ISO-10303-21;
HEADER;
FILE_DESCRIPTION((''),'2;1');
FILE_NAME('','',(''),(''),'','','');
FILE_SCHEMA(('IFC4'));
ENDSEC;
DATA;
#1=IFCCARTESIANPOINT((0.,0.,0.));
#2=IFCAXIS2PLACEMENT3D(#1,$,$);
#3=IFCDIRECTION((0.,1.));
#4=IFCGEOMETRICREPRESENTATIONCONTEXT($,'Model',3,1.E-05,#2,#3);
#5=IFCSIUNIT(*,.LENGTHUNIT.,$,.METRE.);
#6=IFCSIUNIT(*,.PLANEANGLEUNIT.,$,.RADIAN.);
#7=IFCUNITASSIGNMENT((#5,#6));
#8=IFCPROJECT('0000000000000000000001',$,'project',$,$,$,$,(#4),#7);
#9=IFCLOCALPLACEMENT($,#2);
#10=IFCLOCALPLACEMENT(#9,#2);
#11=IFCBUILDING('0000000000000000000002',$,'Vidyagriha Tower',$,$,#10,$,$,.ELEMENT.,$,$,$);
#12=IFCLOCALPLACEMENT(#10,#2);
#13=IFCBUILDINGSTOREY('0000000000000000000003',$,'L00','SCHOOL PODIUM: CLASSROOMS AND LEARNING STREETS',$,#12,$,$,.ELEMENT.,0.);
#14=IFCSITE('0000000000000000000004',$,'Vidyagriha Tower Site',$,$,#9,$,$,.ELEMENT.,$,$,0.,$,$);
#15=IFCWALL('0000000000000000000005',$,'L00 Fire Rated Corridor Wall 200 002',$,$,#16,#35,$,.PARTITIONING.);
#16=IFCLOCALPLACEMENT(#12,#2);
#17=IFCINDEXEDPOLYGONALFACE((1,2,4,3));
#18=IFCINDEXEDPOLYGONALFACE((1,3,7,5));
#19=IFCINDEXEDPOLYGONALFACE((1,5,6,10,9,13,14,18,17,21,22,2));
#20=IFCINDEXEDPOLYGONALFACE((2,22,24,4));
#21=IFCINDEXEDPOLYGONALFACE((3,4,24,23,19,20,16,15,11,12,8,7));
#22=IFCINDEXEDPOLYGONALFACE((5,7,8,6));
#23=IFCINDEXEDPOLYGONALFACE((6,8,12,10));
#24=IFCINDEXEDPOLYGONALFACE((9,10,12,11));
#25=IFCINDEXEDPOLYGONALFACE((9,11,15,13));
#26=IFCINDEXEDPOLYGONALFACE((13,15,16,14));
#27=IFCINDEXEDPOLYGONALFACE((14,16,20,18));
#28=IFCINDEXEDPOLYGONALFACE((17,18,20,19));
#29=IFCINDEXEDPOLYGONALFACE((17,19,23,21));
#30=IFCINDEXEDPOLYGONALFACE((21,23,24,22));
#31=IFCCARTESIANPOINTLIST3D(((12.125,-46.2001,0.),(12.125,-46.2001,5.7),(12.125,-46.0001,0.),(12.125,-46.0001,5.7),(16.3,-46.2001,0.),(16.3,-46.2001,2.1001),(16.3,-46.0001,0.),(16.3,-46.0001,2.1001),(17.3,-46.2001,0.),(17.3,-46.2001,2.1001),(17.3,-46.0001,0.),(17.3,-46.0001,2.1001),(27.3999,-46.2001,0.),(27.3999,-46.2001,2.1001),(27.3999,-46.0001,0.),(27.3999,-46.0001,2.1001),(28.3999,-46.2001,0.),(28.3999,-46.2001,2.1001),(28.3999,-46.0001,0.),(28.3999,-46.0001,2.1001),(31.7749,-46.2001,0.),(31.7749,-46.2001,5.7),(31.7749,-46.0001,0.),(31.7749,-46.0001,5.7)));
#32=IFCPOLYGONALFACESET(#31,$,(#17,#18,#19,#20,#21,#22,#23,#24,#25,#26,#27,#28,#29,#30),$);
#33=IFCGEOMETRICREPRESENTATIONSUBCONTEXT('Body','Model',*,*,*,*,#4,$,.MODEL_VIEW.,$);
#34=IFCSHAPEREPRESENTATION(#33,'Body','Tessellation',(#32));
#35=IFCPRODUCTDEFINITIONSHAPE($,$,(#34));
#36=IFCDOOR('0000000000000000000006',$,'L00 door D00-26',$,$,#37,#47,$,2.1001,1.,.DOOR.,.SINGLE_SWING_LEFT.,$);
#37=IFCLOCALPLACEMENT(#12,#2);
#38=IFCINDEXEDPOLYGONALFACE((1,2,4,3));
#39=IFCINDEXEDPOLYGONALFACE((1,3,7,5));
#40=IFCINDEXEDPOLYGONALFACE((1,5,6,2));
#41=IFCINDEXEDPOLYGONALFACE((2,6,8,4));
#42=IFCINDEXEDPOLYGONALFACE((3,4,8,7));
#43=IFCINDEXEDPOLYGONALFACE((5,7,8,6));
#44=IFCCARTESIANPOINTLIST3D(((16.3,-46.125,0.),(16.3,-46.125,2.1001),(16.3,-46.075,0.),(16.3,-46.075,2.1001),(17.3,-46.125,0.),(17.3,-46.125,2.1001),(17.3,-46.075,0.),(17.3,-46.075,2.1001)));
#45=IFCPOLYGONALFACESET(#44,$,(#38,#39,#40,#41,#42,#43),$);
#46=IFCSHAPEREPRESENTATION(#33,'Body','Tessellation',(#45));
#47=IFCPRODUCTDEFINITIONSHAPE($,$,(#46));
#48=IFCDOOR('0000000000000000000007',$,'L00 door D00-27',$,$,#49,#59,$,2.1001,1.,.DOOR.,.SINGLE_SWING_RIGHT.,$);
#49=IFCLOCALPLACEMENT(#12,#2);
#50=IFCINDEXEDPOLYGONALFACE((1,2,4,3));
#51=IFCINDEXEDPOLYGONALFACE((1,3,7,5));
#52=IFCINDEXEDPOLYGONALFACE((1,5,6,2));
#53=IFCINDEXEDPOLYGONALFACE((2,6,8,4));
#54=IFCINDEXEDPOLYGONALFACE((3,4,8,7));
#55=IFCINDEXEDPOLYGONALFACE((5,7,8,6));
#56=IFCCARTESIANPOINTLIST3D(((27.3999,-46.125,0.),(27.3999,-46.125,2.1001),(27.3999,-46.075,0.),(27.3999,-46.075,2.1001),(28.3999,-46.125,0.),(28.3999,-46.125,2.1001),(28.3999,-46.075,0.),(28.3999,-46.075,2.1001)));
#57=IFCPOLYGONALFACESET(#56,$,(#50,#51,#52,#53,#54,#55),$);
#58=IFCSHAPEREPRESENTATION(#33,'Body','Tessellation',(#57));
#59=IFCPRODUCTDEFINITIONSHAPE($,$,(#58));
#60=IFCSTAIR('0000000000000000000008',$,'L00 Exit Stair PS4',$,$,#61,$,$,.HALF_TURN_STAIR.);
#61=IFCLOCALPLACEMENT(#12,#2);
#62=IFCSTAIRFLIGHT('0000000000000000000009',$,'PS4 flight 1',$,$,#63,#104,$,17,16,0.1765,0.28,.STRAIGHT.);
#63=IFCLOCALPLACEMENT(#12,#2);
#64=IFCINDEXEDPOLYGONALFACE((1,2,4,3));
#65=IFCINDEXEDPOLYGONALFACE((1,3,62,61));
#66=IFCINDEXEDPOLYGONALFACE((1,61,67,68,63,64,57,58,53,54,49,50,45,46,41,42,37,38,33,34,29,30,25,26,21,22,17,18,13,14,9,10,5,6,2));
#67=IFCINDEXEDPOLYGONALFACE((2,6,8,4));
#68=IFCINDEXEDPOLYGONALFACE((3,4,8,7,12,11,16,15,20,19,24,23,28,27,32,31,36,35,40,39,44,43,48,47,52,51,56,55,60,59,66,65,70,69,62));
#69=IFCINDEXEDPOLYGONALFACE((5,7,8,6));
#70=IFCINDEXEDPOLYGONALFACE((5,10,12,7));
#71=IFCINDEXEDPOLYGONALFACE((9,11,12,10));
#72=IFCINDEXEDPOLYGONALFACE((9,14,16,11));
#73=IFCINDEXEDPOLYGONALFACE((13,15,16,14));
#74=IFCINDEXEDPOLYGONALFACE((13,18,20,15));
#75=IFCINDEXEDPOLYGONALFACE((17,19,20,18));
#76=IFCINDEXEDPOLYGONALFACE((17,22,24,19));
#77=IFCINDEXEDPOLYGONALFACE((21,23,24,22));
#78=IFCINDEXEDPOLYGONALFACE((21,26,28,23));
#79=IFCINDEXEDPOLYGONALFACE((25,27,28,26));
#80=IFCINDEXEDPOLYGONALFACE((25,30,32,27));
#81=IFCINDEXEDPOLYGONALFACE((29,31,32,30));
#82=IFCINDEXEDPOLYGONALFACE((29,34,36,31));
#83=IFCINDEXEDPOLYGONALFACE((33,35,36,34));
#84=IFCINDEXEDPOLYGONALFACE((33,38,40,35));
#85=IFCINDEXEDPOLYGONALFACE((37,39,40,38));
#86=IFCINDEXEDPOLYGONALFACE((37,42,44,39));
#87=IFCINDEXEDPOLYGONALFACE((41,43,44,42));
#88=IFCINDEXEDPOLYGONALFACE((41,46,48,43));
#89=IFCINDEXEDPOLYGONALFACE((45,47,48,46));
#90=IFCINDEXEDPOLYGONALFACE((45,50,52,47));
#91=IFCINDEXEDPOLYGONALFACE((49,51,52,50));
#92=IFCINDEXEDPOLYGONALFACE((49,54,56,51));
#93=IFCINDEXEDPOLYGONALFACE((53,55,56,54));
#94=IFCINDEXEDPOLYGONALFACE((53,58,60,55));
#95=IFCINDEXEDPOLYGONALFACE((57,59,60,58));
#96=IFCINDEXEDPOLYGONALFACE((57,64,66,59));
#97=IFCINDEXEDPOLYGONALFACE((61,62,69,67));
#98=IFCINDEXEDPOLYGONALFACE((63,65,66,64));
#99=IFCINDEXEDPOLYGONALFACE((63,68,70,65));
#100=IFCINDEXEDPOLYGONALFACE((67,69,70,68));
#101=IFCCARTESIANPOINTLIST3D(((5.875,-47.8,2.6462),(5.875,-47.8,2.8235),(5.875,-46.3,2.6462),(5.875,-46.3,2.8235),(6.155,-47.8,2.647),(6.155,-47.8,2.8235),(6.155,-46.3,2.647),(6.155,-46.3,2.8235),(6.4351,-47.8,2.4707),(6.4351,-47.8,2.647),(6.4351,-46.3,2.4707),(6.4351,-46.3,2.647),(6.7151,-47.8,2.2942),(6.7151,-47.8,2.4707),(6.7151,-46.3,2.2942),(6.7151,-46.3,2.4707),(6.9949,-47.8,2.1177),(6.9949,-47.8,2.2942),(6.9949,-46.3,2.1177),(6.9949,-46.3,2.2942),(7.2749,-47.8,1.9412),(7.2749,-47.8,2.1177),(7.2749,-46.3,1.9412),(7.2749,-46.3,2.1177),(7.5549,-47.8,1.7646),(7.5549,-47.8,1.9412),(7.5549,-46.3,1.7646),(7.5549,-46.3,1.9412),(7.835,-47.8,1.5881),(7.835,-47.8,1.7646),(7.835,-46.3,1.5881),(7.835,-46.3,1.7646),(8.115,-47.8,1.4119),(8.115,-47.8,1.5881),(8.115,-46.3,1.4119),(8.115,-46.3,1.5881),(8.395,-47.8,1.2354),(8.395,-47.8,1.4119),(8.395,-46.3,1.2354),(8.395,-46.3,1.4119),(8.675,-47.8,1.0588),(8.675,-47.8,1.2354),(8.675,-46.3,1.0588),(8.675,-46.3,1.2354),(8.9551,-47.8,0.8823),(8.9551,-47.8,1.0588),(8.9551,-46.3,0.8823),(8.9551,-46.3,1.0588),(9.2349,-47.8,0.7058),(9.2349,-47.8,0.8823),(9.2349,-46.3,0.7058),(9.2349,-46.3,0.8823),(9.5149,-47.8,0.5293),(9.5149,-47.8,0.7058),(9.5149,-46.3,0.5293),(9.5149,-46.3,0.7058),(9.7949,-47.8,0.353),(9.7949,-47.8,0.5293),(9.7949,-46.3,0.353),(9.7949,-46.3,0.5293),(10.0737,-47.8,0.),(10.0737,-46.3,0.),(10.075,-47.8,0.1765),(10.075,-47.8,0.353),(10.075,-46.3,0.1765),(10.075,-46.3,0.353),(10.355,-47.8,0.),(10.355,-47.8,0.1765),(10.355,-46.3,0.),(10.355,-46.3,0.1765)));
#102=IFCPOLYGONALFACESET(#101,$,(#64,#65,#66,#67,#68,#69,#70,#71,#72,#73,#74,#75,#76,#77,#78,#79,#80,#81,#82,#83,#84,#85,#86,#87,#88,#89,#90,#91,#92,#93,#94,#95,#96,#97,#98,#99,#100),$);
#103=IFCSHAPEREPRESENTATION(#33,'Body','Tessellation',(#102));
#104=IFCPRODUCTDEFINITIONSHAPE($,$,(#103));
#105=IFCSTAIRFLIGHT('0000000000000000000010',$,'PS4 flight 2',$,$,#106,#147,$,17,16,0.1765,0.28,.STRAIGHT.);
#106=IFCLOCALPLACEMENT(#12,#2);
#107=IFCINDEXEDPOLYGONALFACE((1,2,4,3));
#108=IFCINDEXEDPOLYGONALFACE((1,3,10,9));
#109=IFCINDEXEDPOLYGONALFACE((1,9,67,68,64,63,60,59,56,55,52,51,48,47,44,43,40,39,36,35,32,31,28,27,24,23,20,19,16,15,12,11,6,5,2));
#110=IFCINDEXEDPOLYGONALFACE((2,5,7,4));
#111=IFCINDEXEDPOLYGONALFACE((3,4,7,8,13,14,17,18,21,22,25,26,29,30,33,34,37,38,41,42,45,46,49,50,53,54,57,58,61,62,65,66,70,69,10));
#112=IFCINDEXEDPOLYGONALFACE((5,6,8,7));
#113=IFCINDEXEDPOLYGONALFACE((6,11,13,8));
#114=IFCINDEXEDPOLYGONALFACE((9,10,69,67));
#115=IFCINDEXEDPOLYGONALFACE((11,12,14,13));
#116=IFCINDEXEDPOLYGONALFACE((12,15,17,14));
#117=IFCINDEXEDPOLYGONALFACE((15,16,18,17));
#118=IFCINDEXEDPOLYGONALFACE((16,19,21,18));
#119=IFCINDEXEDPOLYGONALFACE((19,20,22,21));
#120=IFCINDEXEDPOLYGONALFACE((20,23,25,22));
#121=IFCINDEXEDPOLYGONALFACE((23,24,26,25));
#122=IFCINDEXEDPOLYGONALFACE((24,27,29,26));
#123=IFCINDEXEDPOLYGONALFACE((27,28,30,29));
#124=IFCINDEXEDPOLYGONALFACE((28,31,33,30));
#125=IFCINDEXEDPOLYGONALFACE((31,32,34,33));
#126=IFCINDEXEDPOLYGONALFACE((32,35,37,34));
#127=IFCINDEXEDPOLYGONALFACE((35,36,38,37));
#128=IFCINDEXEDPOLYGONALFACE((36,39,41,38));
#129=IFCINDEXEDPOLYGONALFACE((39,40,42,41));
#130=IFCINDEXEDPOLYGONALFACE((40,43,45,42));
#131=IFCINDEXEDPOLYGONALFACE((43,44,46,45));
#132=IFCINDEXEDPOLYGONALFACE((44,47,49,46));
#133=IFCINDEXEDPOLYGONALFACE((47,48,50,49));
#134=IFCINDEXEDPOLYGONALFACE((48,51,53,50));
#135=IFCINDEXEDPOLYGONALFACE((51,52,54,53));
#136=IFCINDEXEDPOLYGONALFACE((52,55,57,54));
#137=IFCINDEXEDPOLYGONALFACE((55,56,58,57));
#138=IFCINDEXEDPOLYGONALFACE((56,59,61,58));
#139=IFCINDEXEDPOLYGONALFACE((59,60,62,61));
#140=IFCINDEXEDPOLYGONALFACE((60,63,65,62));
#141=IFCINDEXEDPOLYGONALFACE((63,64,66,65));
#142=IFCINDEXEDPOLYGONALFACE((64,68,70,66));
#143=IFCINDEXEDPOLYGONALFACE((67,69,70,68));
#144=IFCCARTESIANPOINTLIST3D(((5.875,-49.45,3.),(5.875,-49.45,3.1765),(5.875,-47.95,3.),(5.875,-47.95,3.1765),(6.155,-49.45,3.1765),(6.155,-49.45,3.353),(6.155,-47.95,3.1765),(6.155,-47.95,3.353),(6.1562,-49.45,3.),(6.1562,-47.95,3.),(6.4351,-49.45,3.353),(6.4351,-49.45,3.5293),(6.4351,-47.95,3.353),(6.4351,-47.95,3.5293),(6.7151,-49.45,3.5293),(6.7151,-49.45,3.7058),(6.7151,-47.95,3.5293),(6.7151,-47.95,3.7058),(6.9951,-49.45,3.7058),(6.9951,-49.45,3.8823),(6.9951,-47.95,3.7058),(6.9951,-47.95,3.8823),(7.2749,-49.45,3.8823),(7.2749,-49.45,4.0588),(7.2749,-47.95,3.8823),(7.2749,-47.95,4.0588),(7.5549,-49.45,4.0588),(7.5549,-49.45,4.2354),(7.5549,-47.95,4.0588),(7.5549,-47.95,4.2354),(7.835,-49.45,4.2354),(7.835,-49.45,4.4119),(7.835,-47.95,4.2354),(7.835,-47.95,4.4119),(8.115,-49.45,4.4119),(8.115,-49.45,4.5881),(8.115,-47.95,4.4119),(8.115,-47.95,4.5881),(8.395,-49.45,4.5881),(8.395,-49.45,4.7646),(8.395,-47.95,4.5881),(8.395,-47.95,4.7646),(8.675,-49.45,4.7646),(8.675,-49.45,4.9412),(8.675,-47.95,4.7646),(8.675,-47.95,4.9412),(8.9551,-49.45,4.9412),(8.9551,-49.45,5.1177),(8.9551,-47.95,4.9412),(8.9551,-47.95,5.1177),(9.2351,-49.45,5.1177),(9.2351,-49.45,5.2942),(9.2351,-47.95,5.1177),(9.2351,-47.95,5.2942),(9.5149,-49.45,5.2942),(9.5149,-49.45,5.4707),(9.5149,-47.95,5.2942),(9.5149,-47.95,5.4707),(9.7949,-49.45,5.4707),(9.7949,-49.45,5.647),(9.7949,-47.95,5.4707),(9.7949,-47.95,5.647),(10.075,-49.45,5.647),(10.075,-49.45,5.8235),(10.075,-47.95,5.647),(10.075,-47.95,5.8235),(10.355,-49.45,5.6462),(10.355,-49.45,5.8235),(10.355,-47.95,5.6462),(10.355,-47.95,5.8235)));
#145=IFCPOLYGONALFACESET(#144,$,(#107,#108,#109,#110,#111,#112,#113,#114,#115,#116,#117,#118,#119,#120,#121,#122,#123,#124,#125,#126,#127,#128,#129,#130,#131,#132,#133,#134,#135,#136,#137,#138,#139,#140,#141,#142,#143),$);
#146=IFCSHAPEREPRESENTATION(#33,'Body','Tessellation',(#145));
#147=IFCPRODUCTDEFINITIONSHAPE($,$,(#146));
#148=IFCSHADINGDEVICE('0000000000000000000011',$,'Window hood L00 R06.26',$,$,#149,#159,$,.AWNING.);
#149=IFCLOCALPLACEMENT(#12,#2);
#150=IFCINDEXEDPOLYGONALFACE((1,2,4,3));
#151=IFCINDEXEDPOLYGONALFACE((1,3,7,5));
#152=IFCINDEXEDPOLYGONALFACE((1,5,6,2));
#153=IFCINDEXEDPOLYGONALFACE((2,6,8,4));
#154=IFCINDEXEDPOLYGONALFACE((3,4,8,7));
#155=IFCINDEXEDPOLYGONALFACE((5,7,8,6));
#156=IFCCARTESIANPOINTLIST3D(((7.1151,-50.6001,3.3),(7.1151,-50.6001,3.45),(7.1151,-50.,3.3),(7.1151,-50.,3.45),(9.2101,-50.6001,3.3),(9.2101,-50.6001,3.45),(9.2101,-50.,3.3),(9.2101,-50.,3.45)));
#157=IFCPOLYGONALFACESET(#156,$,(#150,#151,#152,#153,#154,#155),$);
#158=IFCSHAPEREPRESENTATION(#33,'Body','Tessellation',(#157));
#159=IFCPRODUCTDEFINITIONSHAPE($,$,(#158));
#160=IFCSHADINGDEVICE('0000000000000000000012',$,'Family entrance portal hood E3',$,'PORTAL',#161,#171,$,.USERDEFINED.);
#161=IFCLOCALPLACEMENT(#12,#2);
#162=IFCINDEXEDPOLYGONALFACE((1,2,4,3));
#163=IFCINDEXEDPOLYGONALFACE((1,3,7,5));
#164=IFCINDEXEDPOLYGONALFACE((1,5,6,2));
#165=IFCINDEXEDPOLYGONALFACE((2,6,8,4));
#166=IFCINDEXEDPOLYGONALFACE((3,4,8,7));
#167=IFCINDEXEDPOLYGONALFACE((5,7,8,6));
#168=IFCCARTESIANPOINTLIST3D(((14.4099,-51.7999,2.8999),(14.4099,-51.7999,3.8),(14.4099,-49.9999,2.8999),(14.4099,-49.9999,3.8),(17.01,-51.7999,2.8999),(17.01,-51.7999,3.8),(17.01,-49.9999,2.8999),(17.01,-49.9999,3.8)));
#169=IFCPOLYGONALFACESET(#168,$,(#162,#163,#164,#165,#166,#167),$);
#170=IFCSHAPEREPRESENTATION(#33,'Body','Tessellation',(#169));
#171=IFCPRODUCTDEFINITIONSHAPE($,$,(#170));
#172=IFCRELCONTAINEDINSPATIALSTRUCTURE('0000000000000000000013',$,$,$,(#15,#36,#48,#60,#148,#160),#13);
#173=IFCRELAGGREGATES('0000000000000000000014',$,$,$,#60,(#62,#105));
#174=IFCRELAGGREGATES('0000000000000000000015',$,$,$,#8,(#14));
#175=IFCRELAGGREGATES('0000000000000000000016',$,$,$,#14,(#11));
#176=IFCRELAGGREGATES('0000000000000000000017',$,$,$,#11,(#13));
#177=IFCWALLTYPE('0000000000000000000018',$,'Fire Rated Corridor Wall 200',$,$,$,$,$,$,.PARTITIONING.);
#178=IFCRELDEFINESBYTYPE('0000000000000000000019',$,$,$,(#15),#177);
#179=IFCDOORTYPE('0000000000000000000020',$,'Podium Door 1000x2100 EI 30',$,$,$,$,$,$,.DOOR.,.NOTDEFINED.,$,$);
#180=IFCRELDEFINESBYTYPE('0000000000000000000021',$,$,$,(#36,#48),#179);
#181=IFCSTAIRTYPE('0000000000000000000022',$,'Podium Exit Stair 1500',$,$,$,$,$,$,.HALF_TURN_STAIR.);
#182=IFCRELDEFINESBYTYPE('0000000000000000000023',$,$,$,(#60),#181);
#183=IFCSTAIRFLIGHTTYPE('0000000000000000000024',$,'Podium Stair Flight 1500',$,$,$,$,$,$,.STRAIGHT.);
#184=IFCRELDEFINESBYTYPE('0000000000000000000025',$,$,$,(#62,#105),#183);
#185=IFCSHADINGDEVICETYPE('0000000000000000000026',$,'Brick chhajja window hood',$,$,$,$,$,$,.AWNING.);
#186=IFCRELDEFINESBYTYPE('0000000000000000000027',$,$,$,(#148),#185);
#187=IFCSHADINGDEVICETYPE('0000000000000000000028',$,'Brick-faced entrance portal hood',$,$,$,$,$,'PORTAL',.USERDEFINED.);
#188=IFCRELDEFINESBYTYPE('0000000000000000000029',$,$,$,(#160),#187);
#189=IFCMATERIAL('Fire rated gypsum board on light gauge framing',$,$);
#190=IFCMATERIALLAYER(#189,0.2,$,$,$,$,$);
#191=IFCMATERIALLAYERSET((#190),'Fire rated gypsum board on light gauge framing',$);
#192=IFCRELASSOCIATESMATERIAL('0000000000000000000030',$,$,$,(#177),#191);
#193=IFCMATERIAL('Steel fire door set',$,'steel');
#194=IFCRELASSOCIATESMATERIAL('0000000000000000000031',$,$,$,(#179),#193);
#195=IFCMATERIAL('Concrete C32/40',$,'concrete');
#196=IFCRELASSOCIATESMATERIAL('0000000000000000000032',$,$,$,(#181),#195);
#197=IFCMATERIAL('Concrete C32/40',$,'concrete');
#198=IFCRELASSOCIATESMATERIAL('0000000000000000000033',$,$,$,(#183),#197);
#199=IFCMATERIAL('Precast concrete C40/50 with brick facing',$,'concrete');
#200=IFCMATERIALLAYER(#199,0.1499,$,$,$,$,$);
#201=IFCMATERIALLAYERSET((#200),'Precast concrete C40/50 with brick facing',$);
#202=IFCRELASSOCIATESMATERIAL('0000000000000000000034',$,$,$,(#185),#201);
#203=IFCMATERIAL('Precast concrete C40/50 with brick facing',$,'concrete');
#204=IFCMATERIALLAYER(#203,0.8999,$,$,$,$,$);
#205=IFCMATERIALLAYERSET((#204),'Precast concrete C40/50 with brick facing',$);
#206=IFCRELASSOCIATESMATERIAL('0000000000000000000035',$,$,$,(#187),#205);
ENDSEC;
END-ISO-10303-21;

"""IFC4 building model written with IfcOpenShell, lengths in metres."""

from ifc_helpers import new_model, si_unit, direction, frame, frame_2d, origin, origin_2d, place, context, subcontext, project, spatial, polyline, rectangle, outline, extrude, material, layer, layer_set, type_object, element, fill, aggregate, save


model = new_model("IFC4")

# Units and contexts
model_context = context("Model", 3, precision=1e-05, world=origin(), true_north=direction((0.0, 1.0)))
body_context = subcontext(model_context, "Body", "Model", "MODEL_VIEW")
ifc_project = project(units=[si_unit("LENGTHUNIT", "METRE"), si_unit("PLANEANGLEUNIT", "RADIAN")], contexts=[model_context])

# Site, building, storey
site_placement = place(None, origin())
site = spatial("IfcSite", under=ifc_project, at=site_placement, Name="Vidyagriha Tower Site", CompositionType="ELEMENT", RefElevation=0.0)
building_placement = place(site_placement, origin())
building = spatial("IfcBuilding", under=site, at=building_placement, Name="Vidyagriha Tower", CompositionType="ELEMENT")
storey_placement = place(building_placement, origin())
storey = spatial("IfcBuildingStorey", under=building, at=storey_placement, Name="L00", Description="SCHOOL PODIUM: CLASSROOMS AND LEARNING STREETS", CompositionType="ELEMENT", Elevation=0.0)

# Wall, openings, doors
ifc_material_1 = material(Name="Fire rated gypsum board on light gauge framing")
ifc_layer_1 = layer(ifc_material_1, 0.2)
ifc_layer_set_1 = layer_set([ifc_layer_1], Name="Fire rated gypsum board on light gauge framing")
wall_type_1 = type_object("IfcWallType", Name="Fire Rated Corridor Wall 200", PredefinedType="PARTITIONING", material=ifc_layer_set_1)
wall_1_placement = place(storey_placement, frame((12.125, -46.1001, 0.0)))
wall_1 = element("IfcWall", 1, at=wall_1_placement, inside=storey, type_object=wall_type_1, Name="L00 Fire Rated Corridor Wall 200 002", PredefinedType="PARTITIONING", context=body_context, shape_type="SweptSolid", body=[
    extrude(rectangle(XDim=19.6499, YDim=0.2, at=frame_2d((9.825, 0.0))), origin(), (0.0, 0.0, 1.0), 5.7),
])
opening_1_placement = place(wall_1_placement, frame((4.175, 0.0, 0.0)))
opening_1 = element("IfcOpeningElement", 2, at=opening_1_placement, cuts=wall_1, PredefinedType="OPENING", context=body_context, shape_type="SweptSolid", body=[
    extrude(rectangle(XDim=1.0, YDim=2.1001, at=frame_2d((0.5, 1.05))), frame((0.0, 0.1099, 0.0), z_axis=(0.0, -1.0, 0.0), x_axis=(1.0, 0.0, 0.0)), (0.0, 0.0, 1.0), 0.22),
])
opening_2_placement = place(wall_1_placement, frame((15.2749, 0.0, 0.0)))
opening_2 = element("IfcOpeningElement", 3, at=opening_2_placement, cuts=wall_1, PredefinedType="OPENING", context=body_context, shape_type="SweptSolid", body=[
    extrude(rectangle(XDim=1.0, YDim=2.1001, at=frame_2d((0.5, 1.05))), frame((0.0, 0.1099, 0.0), z_axis=(0.0, -1.0, 0.0), x_axis=(1.0, 0.0, 0.0)), (0.0, 0.0, 1.0), 0.22),
])
ifc_material_2 = material(Name="Steel fire door set", Category="steel")
door_type_1 = type_object("IfcDoorType", Name="Podium Door 1000x2100 EI 30", OperationType="NOTDEFINED", PredefinedType="DOOR", material=ifc_material_2)
door_1_placement = place(opening_1_placement, frame((1.0, 0.0, 0.0), z_axis=(0.0, 0.0, 1.0), x_axis=(-1.0, 0.0, 0.0)))
door_1 = element("IfcDoor", 4, at=door_1_placement, inside=storey, type_object=door_type_1, Name="L00 door D00-26", OperationType="SINGLE_SWING_LEFT", OverallHeight=2.1001, OverallWidth=1.0, PredefinedType="DOOR", context=body_context, shape_type="SweptSolid", body=[
    extrude(rectangle(XDim=1.0, YDim=2.1001, at=frame_2d((0.5, 1.05))), frame((0.0, 0.0249, 0.0), z_axis=(0.0, -1.0, 0.0), x_axis=(1.0, 0.0, 0.0)), (0.0, 0.0, 1.0), 0.05),
])
fill(opening_1, door_1)
door_2_placement = place(opening_2_placement, frame((1.0, 0.0, 0.0), z_axis=(0.0, 0.0, 1.0), x_axis=(-1.0, 0.0, 0.0)))
door_2 = element("IfcDoor", 5, at=door_2_placement, inside=storey, type_object=door_type_1, Name="L00 door D00-27", OperationType="SINGLE_SWING_RIGHT", OverallHeight=2.1001, OverallWidth=1.0, PredefinedType="DOOR", context=body_context, shape_type="SweptSolid", body=[
    extrude(rectangle(XDim=1.0, YDim=2.1001, at=frame_2d((0.5, 1.05))), frame((0.0, 0.0249, 0.0), z_axis=(0.0, -1.0, 0.0), x_axis=(1.0, 0.0, 0.0)), (0.0, 0.0, 1.0), 0.05),
])
fill(opening_2, door_2)

# Stair, stair flights
ifc_material_3 = material(Name="Concrete C32/40", Category="concrete")
stair_type = type_object("IfcStairType", Name="Podium Exit Stair 1500", PredefinedType="HALF_TURN_STAIR", material=ifc_material_3)
stair_placement = place(storey_placement, origin())
stair = element("IfcStair", 6, at=stair_placement, inside=storey, type_object=stair_type, Name="L00 Exit Stair PS4", PredefinedType="HALF_TURN_STAIR")
ifc_material_4 = material(Name="Concrete C32/40", Category="concrete")
stair_flight_type = type_object("IfcStairFlightType", Name="Podium Stair Flight 1500", PredefinedType="STRAIGHT", material=ifc_material_4)
stair_flight_1_placement = place(storey_placement, frame((10.355, -47.05, 0.0), z_axis=(0.0, 0.0, 1.0), x_axis=(-1.0, 0.0, 0.0)))
stair_flight_1 = element("IfcStairFlight", 7, at=stair_flight_1_placement, type_object=stair_flight_type, Name="PS4 flight 1", NumberOfRisers=17, NumberOfTreads=16, PredefinedType="STRAIGHT", RiserHeight=0.1765, TreadLength=0.28, context=body_context, shape_type="SweptSolid", body=[
    extrude(outline(polyline([(0.0, 0.0), (0.0, 0.1765), (0.28, 0.1765), (0.28, 0.353), (0.5601, 0.353), (0.5601, 0.5293), (0.8401, 0.5293), (0.8401, 0.7058), (1.1201, 0.7058), (1.1201, 0.8823), (1.3999, 0.8823), (1.3999, 1.0588), (1.6799, 1.0588), (1.6799, 1.2354), (1.96, 1.2354), (1.96, 1.4119), (2.24, 1.4119), (2.24, 1.5881), (2.52, 1.5881), (2.52, 1.7646), (2.8, 1.7646), (2.8, 1.9412), (3.0801, 1.9412), (3.0801, 2.1177), (3.3601, 2.1177), (3.3601, 2.2942), (3.6399, 2.2942), (3.6399, 2.4707), (3.9199, 2.4707), (3.9199, 2.647), (4.2, 2.647), (4.2, 2.8235), (4.48, 2.8235), (4.48, 3.0), (4.48, 2.6462), (0.2812, 0.0), (0.0, 0.0)])), frame((0.0, 0.75, 0.0), z_axis=(0.0, -1.0, 0.0), x_axis=(1.0, 0.0, 0.0)), (0.0, 0.0, 1.0), 1.5),
])
stair_flight_2_placement = place(storey_placement, frame((5.875, -48.7, 3.0)))
stair_flight_2 = element("IfcStairFlight", 8, at=stair_flight_2_placement, type_object=stair_flight_type, Name="PS4 flight 2", NumberOfRisers=17, NumberOfTreads=16, PredefinedType="STRAIGHT", RiserHeight=0.1765, TreadLength=0.28, context=body_context, shape_type="SweptSolid", body=[
    extrude(outline(polyline([(0.0, 0.0), (0.0, 0.1765), (0.28, 0.1765), (0.28, 0.353), (0.5601, 0.353), (0.5601, 0.5293), (0.8401, 0.5293), (0.8401, 0.7058), (1.1201, 0.7058), (1.1201, 0.8823), (1.3999, 0.8823), (1.3999, 1.0588), (1.6799, 1.0588), (1.6799, 1.2354), (1.96, 1.2354), (1.96, 1.4119), (2.24, 1.4119), (2.24, 1.5881), (2.52, 1.5881), (2.52, 1.7646), (2.8, 1.7646), (2.8, 1.9412), (3.0801, 1.9412), (3.0801, 2.1177), (3.3601, 2.1177), (3.3601, 2.2942), (3.6399, 2.2942), (3.6399, 2.4707), (3.9199, 2.4707), (3.9199, 2.647), (4.2, 2.647), (4.2, 2.8235), (4.48, 2.8235), (4.48, 3.0), (4.48, 2.6462), (0.2812, 0.0), (0.0, 0.0)])), frame((0.0, 0.75, 0.0), z_axis=(0.0, -1.0, 0.0), x_axis=(1.0, 0.0, 0.0)), (0.0, 0.0, 1.0), 1.5),
])
aggregate(stair, [stair_flight_1, stair_flight_2])

# Shading devices
ifc_material_5 = material(Name="Precast concrete C40/50 with brick facing", Category="concrete")
ifc_layer_2 = layer(ifc_material_5, 0.1499)
ifc_layer_set_2 = layer_set([ifc_layer_2], Name="Precast concrete C40/50 with brick facing")
shading_device_type_1 = type_object("IfcShadingDeviceType", Name="Brick chhajja window hood", PredefinedType="AWNING", material=ifc_layer_set_2)
shading_device_1_placement = place(storey_placement, frame((8.1626, -50.3, 3.3)))
element("IfcShadingDevice", 9, at=shading_device_1_placement, inside=storey, type_object=shading_device_type_1, Name="Window hood L00 R06.26", PredefinedType="AWNING", context=body_context, shape_type="SweptSolid", body=[
    extrude(rectangle(XDim=2.095, YDim=0.6001, at=origin_2d()), origin(), (0.0, 0.0, 1.0), 0.1499),
])
ifc_material_6 = material(Name="Precast concrete C40/50 with brick facing", Category="concrete")
ifc_layer_3 = layer(ifc_material_6, 0.8999)
ifc_layer_set_3 = layer_set([ifc_layer_3], Name="Precast concrete C40/50 with brick facing")
shading_device_type_2 = type_object("IfcShadingDeviceType", Name="Brick-faced entrance portal hood", ElementType="PORTAL", PredefinedType="USERDEFINED", material=ifc_layer_set_3)
shading_device_2_placement = place(storey_placement, frame((14.4099, -50.8999, 2.8999)))
element("IfcShadingDevice", 10, at=shading_device_2_placement, inside=storey, type_object=shading_device_type_2, Name="Family entrance portal hood E3", ObjectType="PORTAL", PredefinedType="USERDEFINED", context=body_context, shape_type="SweptSolid", body=[
    extrude(rectangle(XDim=2.6001, YDim=1.8, at=frame_2d((1.3, 0.0))), origin(), (0.0, 0.0, 1.0), 0.9001),
])

save(model, "model.ifc")
